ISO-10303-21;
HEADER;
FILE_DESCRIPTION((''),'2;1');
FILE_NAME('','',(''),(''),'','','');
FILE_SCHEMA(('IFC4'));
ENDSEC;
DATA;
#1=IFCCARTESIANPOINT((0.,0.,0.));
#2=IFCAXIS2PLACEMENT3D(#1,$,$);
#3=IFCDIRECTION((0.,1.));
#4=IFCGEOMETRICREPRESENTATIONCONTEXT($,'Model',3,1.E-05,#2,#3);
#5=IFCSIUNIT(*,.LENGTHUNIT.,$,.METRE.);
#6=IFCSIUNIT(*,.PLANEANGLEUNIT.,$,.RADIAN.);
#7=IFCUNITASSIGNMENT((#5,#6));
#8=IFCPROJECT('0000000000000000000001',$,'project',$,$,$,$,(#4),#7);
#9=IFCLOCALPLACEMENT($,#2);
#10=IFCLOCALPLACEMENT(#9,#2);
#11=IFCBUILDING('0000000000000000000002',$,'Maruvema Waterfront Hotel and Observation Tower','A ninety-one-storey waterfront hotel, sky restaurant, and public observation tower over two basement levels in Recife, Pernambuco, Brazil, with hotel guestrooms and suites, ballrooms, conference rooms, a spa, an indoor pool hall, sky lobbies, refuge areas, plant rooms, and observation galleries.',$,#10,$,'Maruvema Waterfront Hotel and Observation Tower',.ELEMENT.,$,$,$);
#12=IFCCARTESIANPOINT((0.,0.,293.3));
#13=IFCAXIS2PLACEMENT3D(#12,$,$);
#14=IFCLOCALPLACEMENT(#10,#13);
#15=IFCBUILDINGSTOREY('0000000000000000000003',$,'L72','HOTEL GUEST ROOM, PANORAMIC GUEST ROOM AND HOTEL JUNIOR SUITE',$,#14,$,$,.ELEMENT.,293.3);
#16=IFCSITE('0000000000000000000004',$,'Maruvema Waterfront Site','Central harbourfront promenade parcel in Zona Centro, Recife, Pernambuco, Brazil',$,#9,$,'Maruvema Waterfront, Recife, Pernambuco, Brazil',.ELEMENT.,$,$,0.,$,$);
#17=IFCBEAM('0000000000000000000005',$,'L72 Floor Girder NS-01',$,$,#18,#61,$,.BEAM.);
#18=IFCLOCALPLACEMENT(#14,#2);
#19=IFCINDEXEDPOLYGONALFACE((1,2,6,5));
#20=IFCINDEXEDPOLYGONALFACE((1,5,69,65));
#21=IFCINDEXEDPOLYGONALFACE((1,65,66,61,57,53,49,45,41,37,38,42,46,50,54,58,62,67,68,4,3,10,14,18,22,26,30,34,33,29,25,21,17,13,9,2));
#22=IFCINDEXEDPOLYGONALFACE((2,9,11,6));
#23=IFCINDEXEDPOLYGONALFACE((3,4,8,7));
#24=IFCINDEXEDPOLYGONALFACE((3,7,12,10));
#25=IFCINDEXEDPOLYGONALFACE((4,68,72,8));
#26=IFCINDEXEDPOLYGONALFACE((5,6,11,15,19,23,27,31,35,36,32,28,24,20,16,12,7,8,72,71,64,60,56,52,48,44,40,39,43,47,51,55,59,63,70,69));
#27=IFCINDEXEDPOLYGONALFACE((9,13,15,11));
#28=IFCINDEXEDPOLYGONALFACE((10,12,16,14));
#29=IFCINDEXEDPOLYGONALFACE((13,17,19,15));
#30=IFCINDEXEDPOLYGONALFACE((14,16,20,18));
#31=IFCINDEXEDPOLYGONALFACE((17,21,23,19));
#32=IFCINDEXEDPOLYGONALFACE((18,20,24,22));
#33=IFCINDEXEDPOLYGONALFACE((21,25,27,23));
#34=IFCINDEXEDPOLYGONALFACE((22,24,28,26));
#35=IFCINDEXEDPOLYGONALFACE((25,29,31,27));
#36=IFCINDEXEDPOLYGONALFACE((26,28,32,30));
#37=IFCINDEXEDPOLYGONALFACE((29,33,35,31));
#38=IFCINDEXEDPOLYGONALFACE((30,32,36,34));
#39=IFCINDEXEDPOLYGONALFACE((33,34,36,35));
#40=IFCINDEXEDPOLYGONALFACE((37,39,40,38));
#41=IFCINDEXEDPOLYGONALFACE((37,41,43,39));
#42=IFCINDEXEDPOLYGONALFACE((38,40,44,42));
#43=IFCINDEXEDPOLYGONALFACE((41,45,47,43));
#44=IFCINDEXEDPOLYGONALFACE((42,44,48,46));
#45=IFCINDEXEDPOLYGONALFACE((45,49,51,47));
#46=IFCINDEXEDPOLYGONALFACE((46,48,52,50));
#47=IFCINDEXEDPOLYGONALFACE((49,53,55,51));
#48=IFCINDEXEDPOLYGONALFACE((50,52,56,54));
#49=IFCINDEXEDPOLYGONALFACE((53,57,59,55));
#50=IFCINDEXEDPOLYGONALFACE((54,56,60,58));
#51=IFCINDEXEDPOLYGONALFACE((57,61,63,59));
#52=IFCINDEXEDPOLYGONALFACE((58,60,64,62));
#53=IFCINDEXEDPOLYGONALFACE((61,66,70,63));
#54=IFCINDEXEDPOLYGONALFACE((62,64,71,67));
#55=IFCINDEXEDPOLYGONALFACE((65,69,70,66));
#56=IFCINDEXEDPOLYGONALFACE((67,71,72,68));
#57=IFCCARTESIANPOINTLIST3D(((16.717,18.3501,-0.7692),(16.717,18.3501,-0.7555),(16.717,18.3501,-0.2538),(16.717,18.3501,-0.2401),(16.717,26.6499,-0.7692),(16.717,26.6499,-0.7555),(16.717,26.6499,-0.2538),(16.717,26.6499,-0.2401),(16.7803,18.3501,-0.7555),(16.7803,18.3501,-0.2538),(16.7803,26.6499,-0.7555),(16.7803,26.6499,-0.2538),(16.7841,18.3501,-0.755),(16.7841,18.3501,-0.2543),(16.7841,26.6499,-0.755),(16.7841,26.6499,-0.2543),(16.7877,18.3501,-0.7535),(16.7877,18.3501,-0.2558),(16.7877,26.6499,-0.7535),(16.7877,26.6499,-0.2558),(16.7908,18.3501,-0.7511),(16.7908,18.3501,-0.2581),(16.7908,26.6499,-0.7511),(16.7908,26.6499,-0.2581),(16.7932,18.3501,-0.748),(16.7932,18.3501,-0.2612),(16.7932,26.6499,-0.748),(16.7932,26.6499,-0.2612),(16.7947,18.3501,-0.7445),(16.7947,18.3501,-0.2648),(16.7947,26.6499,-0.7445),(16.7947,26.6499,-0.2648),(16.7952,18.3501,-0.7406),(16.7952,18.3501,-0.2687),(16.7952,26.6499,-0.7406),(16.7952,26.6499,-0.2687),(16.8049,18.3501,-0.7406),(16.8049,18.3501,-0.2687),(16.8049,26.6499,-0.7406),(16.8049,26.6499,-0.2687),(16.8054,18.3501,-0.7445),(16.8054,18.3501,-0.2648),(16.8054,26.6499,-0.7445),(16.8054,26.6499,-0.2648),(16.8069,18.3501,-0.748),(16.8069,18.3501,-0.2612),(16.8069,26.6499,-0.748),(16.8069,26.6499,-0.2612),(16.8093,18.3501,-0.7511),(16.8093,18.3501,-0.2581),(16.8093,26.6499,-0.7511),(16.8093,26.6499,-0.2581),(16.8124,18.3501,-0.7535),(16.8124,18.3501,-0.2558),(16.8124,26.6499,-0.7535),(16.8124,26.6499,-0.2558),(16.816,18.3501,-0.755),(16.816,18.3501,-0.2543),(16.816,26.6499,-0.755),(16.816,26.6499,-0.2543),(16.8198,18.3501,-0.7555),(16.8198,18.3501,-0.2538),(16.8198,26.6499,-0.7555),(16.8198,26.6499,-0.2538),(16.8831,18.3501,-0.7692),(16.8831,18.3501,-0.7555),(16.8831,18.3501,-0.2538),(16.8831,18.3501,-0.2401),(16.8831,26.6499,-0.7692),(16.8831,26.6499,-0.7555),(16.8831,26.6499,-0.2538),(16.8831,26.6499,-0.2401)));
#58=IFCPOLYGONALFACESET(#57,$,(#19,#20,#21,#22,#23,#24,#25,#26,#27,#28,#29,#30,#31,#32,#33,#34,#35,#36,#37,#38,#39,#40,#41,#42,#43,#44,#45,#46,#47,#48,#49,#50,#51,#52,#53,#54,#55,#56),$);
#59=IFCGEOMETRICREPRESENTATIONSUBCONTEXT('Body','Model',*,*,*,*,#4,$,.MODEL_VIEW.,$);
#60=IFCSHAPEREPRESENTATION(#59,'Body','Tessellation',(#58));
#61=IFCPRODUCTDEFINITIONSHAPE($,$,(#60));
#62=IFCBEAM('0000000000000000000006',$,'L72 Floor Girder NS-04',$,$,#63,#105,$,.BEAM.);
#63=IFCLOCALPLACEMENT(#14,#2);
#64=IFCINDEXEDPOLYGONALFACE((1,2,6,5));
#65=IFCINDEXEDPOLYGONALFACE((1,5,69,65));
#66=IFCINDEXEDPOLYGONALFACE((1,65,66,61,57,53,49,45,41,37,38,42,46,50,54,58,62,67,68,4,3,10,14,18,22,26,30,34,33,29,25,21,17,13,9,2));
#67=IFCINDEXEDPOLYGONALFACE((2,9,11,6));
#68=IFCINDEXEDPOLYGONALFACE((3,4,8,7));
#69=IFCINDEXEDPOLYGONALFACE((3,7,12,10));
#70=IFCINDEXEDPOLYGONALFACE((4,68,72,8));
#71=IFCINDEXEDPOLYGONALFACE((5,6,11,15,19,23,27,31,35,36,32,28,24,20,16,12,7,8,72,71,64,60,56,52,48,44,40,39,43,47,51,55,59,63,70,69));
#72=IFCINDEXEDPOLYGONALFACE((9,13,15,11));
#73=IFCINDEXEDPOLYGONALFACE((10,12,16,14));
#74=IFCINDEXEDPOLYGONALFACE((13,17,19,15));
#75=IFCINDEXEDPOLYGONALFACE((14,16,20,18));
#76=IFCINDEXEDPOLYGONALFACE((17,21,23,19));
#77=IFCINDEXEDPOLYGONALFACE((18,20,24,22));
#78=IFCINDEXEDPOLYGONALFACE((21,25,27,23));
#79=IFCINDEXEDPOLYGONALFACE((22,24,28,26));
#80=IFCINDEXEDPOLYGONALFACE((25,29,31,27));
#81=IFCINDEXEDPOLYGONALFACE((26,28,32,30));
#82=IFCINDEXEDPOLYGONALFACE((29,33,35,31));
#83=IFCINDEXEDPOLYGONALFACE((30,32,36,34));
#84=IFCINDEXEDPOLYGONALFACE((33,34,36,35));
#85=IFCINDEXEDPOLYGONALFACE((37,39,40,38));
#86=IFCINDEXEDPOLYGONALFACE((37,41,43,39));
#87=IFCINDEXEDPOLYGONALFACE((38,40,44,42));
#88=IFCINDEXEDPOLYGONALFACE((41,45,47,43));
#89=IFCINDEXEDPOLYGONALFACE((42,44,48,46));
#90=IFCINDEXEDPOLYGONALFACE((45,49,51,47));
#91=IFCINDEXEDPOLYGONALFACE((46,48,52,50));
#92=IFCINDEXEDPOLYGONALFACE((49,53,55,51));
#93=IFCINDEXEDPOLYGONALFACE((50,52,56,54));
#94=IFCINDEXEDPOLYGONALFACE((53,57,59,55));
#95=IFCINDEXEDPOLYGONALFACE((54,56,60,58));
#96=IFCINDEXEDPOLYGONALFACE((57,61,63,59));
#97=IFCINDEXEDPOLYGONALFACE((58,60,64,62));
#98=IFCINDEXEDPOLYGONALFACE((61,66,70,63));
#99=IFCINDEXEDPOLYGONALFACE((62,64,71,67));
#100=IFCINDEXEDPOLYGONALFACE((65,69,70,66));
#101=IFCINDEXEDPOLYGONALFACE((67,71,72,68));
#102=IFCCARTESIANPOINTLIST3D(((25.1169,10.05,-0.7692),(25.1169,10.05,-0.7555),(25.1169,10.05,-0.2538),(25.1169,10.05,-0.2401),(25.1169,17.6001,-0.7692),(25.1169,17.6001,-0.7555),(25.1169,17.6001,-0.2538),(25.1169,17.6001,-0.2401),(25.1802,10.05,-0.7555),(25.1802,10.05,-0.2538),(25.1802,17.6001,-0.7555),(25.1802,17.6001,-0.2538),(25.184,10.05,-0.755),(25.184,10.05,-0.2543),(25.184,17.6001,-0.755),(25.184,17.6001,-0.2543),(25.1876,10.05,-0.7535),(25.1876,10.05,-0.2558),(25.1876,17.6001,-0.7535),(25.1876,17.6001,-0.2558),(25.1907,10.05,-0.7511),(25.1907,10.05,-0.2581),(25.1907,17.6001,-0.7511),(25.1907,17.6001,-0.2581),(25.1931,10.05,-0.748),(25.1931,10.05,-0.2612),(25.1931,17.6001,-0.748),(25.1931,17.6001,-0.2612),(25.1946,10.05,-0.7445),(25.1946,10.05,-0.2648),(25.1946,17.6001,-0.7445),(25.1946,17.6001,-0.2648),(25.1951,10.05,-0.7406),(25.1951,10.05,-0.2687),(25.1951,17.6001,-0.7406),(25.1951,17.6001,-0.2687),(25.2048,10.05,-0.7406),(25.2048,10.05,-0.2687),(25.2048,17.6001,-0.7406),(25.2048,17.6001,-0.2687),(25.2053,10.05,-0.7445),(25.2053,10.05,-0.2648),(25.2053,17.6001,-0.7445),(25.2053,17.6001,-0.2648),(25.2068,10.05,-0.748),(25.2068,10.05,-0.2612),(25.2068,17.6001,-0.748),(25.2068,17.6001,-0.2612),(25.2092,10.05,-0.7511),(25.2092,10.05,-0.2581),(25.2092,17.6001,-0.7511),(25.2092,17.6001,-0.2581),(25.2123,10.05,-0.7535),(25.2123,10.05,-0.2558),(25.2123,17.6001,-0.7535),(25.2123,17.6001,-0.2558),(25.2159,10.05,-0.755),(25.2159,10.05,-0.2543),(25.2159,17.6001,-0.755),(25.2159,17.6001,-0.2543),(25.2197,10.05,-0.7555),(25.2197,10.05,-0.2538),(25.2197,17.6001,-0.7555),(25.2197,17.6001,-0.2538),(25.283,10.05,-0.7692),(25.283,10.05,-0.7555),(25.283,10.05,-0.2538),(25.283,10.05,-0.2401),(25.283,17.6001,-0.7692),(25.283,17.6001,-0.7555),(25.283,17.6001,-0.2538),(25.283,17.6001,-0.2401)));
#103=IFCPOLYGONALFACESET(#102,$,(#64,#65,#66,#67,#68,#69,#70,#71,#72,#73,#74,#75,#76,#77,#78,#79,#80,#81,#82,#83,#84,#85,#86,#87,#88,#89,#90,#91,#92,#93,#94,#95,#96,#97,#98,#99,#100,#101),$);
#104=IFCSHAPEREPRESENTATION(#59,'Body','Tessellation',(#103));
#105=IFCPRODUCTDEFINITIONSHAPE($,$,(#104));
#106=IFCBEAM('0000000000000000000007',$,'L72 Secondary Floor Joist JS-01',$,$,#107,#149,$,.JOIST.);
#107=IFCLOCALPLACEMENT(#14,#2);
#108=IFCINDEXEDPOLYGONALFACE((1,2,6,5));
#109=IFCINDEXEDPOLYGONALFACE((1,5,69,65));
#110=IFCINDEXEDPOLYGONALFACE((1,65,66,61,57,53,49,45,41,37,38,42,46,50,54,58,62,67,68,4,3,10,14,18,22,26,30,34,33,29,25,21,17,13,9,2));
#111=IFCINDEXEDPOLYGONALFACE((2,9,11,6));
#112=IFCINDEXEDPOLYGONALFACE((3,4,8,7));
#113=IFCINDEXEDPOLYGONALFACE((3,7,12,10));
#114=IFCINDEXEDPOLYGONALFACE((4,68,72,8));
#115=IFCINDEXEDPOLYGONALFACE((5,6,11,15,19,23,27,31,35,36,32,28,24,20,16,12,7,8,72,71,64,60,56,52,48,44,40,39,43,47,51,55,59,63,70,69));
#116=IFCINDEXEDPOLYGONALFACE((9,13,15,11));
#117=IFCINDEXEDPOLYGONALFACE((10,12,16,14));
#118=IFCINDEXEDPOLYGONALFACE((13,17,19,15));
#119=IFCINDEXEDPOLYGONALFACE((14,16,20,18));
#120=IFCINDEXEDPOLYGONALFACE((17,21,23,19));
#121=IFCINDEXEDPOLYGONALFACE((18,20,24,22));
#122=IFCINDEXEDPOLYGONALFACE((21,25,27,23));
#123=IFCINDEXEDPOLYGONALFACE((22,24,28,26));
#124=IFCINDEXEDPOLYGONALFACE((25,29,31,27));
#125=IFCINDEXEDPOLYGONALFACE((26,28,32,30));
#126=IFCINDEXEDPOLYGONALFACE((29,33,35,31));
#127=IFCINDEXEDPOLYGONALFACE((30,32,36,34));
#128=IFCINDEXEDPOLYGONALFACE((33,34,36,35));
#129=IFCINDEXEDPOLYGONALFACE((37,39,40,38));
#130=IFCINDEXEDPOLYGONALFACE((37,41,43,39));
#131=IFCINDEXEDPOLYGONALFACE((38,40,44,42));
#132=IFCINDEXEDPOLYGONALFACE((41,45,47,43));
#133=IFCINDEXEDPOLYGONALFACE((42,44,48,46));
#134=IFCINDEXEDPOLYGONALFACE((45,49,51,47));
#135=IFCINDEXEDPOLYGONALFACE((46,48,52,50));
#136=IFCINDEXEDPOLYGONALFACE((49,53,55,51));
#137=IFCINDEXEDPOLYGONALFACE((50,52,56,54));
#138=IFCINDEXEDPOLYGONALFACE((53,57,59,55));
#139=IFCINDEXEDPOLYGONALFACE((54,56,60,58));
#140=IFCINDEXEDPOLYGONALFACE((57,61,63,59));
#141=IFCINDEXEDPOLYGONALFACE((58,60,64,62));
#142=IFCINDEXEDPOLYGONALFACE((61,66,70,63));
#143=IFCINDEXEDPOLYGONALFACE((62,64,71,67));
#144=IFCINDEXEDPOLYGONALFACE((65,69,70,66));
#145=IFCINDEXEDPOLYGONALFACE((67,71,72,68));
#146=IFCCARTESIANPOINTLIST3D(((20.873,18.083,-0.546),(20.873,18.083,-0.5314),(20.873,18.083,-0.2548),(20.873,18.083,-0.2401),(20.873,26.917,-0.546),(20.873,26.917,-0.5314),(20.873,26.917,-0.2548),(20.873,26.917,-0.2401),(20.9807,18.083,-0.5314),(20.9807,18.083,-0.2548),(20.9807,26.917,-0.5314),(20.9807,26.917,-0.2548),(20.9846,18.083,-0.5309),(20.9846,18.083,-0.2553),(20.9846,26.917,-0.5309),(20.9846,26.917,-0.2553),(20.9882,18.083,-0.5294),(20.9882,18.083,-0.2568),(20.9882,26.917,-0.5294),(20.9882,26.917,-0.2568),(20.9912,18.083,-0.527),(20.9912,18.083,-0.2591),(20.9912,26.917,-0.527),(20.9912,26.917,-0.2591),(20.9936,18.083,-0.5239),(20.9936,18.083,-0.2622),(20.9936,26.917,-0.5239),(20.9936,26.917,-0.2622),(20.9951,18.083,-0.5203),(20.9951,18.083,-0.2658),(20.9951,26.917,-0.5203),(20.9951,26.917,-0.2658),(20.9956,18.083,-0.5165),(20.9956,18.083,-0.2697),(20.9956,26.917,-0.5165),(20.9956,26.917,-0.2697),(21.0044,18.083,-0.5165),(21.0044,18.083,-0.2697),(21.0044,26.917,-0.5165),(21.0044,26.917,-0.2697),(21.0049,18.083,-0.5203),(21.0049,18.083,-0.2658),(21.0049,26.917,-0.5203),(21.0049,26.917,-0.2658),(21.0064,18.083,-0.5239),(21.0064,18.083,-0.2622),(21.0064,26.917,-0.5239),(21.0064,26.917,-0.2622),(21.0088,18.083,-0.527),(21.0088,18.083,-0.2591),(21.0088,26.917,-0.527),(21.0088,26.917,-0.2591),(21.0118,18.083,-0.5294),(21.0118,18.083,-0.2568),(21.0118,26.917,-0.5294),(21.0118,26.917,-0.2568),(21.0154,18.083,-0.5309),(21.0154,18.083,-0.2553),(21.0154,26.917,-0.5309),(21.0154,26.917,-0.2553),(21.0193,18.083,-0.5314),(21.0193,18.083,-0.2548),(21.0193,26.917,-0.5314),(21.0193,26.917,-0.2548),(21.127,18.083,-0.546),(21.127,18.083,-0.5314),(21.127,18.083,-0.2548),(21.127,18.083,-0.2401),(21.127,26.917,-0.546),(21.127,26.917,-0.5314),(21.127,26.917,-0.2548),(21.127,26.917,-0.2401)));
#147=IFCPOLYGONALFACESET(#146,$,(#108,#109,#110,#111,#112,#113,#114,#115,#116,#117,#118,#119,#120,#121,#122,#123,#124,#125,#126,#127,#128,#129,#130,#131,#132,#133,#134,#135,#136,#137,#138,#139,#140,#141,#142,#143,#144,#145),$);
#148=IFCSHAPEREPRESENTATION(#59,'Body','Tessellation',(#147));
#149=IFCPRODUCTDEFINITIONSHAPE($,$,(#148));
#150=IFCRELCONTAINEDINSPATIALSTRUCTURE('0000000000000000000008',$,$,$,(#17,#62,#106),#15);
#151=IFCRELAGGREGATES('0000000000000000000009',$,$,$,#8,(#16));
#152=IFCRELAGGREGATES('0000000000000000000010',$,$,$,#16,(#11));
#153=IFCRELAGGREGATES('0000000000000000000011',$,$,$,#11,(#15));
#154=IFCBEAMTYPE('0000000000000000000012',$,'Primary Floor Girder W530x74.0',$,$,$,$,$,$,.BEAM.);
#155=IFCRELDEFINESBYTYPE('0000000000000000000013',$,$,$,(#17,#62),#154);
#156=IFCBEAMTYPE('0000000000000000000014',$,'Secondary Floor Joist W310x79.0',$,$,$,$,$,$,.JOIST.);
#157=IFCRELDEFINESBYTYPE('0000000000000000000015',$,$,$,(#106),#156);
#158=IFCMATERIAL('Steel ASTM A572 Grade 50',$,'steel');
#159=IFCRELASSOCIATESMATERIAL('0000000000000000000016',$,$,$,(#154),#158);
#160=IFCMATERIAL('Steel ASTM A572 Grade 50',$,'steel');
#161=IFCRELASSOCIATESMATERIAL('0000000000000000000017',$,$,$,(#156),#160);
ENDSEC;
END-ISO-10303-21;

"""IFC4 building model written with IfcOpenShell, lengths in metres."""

from ifc_helpers import new_model, si_unit, direction, frame, origin, origin_2d, place, context, subcontext, project, spatial, i_section, extrude, material, material_profile, profile_set, type_object, element, save


model = new_model("IFC4")

# Units and contexts
model_context = context("Model", 3, precision=1e-05, world=origin(), true_north=direction((0.0, 1.0)))
body_context = subcontext(model_context, "Body", "Model", "MODEL_VIEW")
ifc_project = project(units=[si_unit("LENGTHUNIT", "METRE"), si_unit("PLANEANGLEUNIT", "RADIAN")], contexts=[model_context])

# Site, building, storey
site_placement = place(None, origin())
site = spatial("IfcSite", under=ifc_project, at=site_placement, Name="Maruvema Waterfront Site", Description="Central harbourfront promenade parcel in Zona Centro, Recife, Pernambuco, Brazil", LongName="Maruvema Waterfront, Recife, Pernambuco, Brazil", CompositionType="ELEMENT", RefElevation=0.0)
building_placement = place(site_placement, origin())
building = spatial("IfcBuilding", under=site, at=building_placement, Name="Maruvema Waterfront Hotel and Observation Tower", Description="A ninety-one-storey waterfront hotel, sky restaurant, and public observation tower over two basement levels in Recife, Pernambuco, Brazil, with hotel guestrooms and suites, ballrooms, conference rooms, a spa, an indoor pool hall, sky lobbies, refuge areas, plant rooms, and observation galleries.", LongName="Maruvema Waterfront Hotel and Observation Tower", CompositionType="ELEMENT")
storey_placement = place(building_placement, frame((0.0, 0.0, 293.3)))
storey = spatial("IfcBuildingStorey", under=building, at=storey_placement, Name="L72", Description="HOTEL GUEST ROOM, PANORAMIC GUEST ROOM AND HOTEL JUNIOR SUITE", CompositionType="ELEMENT", Elevation=293.3)

# Beams
ifc_material_1 = material(Name="Steel ASTM A572 Grade 50", Category="steel")
ifc_material_profile_1 = material_profile(ifc_material_1, i_section(OverallWidth=0.166, OverallDepth=0.5291, WebThickness=0.0098, FlangeThickness=0.0137, FilletRadius=0.0149, at=origin_2d()), Name="W530x74.0")
ifc_profile_set_1 = profile_set([ifc_material_profile_1], Name="Steel ASTM A572 Grade 50")
beam_type_1 = type_object("IfcBeamType", Name="Primary Floor Girder W530x74.0", PredefinedType="BEAM", material=ifc_profile_set_1)
beam_1_placement = place(storey_placement, frame((16.8, 18.3501, -0.5046), z_axis=(0.0, 1.0, 0.0), x_axis=(-1.0, 0.0, 0.0)))
element("IfcBeam", 1, at=beam_1_placement, inside=storey, type_object=beam_type_1, Name="L72 Floor Girder NS-01", PredefinedType="BEAM", context=body_context, shape_type="SweptSolid", body=[
    extrude(i_section(OverallWidth=0.166, OverallDepth=0.5291, WebThickness=0.0098, FlangeThickness=0.0137, FilletRadius=0.0149, at=origin_2d()), origin(), (0.0, 0.0, 1.0), 8.2998),
])
beam_2_placement = place(storey_placement, frame((25.2, 10.05, -0.5046), z_axis=(0.0, 1.0, 0.0), x_axis=(-1.0, 0.0, 0.0)))
element("IfcBeam", 2, at=beam_2_placement, inside=storey, type_object=beam_type_1, Name="L72 Floor Girder NS-04", PredefinedType="BEAM", context=body_context, shape_type="SweptSolid", body=[
    extrude(i_section(OverallWidth=0.166, OverallDepth=0.5291, WebThickness=0.0098, FlangeThickness=0.0137, FilletRadius=0.0149, at=origin_2d()), origin(), (0.0, 0.0, 1.0), 7.55),
])
ifc_material_2 = material(Name="Steel ASTM A572 Grade 50", Category="steel")
ifc_material_profile_2 = material_profile(ifc_material_2, i_section(OverallWidth=0.2539, OverallDepth=0.3059, WebThickness=0.0088, FlangeThickness=0.0146, FilletRadius=0.0149, at=origin_2d()), Name="W310x79.0")
ifc_profile_set_2 = profile_set([ifc_material_profile_2], Name="Steel ASTM A572 Grade 50")
beam_type_2 = type_object("IfcBeamType", Name="Secondary Floor Joist W310x79.0", PredefinedType="JOIST", material=ifc_profile_set_2)
beam_3_placement = place(storey_placement, frame((21.0, 18.083, -0.3931), z_axis=(0.0, 1.0, 0.0), x_axis=(-1.0, 0.0, 0.0)))
element("IfcBeam", 3, at=beam_3_placement, inside=storey, type_object=beam_type_2, Name="L72 Secondary Floor Joist JS-01", PredefinedType="JOIST", context=body_context, shape_type="SweptSolid", body=[
    extrude(i_section(OverallWidth=0.2539, OverallDepth=0.3059, WebThickness=0.0088, FlangeThickness=0.0146, FilletRadius=0.0149, at=origin_2d()), origin(), (0.0, 0.0, 1.0), 8.834),
])

save(model, "model.ifc")
